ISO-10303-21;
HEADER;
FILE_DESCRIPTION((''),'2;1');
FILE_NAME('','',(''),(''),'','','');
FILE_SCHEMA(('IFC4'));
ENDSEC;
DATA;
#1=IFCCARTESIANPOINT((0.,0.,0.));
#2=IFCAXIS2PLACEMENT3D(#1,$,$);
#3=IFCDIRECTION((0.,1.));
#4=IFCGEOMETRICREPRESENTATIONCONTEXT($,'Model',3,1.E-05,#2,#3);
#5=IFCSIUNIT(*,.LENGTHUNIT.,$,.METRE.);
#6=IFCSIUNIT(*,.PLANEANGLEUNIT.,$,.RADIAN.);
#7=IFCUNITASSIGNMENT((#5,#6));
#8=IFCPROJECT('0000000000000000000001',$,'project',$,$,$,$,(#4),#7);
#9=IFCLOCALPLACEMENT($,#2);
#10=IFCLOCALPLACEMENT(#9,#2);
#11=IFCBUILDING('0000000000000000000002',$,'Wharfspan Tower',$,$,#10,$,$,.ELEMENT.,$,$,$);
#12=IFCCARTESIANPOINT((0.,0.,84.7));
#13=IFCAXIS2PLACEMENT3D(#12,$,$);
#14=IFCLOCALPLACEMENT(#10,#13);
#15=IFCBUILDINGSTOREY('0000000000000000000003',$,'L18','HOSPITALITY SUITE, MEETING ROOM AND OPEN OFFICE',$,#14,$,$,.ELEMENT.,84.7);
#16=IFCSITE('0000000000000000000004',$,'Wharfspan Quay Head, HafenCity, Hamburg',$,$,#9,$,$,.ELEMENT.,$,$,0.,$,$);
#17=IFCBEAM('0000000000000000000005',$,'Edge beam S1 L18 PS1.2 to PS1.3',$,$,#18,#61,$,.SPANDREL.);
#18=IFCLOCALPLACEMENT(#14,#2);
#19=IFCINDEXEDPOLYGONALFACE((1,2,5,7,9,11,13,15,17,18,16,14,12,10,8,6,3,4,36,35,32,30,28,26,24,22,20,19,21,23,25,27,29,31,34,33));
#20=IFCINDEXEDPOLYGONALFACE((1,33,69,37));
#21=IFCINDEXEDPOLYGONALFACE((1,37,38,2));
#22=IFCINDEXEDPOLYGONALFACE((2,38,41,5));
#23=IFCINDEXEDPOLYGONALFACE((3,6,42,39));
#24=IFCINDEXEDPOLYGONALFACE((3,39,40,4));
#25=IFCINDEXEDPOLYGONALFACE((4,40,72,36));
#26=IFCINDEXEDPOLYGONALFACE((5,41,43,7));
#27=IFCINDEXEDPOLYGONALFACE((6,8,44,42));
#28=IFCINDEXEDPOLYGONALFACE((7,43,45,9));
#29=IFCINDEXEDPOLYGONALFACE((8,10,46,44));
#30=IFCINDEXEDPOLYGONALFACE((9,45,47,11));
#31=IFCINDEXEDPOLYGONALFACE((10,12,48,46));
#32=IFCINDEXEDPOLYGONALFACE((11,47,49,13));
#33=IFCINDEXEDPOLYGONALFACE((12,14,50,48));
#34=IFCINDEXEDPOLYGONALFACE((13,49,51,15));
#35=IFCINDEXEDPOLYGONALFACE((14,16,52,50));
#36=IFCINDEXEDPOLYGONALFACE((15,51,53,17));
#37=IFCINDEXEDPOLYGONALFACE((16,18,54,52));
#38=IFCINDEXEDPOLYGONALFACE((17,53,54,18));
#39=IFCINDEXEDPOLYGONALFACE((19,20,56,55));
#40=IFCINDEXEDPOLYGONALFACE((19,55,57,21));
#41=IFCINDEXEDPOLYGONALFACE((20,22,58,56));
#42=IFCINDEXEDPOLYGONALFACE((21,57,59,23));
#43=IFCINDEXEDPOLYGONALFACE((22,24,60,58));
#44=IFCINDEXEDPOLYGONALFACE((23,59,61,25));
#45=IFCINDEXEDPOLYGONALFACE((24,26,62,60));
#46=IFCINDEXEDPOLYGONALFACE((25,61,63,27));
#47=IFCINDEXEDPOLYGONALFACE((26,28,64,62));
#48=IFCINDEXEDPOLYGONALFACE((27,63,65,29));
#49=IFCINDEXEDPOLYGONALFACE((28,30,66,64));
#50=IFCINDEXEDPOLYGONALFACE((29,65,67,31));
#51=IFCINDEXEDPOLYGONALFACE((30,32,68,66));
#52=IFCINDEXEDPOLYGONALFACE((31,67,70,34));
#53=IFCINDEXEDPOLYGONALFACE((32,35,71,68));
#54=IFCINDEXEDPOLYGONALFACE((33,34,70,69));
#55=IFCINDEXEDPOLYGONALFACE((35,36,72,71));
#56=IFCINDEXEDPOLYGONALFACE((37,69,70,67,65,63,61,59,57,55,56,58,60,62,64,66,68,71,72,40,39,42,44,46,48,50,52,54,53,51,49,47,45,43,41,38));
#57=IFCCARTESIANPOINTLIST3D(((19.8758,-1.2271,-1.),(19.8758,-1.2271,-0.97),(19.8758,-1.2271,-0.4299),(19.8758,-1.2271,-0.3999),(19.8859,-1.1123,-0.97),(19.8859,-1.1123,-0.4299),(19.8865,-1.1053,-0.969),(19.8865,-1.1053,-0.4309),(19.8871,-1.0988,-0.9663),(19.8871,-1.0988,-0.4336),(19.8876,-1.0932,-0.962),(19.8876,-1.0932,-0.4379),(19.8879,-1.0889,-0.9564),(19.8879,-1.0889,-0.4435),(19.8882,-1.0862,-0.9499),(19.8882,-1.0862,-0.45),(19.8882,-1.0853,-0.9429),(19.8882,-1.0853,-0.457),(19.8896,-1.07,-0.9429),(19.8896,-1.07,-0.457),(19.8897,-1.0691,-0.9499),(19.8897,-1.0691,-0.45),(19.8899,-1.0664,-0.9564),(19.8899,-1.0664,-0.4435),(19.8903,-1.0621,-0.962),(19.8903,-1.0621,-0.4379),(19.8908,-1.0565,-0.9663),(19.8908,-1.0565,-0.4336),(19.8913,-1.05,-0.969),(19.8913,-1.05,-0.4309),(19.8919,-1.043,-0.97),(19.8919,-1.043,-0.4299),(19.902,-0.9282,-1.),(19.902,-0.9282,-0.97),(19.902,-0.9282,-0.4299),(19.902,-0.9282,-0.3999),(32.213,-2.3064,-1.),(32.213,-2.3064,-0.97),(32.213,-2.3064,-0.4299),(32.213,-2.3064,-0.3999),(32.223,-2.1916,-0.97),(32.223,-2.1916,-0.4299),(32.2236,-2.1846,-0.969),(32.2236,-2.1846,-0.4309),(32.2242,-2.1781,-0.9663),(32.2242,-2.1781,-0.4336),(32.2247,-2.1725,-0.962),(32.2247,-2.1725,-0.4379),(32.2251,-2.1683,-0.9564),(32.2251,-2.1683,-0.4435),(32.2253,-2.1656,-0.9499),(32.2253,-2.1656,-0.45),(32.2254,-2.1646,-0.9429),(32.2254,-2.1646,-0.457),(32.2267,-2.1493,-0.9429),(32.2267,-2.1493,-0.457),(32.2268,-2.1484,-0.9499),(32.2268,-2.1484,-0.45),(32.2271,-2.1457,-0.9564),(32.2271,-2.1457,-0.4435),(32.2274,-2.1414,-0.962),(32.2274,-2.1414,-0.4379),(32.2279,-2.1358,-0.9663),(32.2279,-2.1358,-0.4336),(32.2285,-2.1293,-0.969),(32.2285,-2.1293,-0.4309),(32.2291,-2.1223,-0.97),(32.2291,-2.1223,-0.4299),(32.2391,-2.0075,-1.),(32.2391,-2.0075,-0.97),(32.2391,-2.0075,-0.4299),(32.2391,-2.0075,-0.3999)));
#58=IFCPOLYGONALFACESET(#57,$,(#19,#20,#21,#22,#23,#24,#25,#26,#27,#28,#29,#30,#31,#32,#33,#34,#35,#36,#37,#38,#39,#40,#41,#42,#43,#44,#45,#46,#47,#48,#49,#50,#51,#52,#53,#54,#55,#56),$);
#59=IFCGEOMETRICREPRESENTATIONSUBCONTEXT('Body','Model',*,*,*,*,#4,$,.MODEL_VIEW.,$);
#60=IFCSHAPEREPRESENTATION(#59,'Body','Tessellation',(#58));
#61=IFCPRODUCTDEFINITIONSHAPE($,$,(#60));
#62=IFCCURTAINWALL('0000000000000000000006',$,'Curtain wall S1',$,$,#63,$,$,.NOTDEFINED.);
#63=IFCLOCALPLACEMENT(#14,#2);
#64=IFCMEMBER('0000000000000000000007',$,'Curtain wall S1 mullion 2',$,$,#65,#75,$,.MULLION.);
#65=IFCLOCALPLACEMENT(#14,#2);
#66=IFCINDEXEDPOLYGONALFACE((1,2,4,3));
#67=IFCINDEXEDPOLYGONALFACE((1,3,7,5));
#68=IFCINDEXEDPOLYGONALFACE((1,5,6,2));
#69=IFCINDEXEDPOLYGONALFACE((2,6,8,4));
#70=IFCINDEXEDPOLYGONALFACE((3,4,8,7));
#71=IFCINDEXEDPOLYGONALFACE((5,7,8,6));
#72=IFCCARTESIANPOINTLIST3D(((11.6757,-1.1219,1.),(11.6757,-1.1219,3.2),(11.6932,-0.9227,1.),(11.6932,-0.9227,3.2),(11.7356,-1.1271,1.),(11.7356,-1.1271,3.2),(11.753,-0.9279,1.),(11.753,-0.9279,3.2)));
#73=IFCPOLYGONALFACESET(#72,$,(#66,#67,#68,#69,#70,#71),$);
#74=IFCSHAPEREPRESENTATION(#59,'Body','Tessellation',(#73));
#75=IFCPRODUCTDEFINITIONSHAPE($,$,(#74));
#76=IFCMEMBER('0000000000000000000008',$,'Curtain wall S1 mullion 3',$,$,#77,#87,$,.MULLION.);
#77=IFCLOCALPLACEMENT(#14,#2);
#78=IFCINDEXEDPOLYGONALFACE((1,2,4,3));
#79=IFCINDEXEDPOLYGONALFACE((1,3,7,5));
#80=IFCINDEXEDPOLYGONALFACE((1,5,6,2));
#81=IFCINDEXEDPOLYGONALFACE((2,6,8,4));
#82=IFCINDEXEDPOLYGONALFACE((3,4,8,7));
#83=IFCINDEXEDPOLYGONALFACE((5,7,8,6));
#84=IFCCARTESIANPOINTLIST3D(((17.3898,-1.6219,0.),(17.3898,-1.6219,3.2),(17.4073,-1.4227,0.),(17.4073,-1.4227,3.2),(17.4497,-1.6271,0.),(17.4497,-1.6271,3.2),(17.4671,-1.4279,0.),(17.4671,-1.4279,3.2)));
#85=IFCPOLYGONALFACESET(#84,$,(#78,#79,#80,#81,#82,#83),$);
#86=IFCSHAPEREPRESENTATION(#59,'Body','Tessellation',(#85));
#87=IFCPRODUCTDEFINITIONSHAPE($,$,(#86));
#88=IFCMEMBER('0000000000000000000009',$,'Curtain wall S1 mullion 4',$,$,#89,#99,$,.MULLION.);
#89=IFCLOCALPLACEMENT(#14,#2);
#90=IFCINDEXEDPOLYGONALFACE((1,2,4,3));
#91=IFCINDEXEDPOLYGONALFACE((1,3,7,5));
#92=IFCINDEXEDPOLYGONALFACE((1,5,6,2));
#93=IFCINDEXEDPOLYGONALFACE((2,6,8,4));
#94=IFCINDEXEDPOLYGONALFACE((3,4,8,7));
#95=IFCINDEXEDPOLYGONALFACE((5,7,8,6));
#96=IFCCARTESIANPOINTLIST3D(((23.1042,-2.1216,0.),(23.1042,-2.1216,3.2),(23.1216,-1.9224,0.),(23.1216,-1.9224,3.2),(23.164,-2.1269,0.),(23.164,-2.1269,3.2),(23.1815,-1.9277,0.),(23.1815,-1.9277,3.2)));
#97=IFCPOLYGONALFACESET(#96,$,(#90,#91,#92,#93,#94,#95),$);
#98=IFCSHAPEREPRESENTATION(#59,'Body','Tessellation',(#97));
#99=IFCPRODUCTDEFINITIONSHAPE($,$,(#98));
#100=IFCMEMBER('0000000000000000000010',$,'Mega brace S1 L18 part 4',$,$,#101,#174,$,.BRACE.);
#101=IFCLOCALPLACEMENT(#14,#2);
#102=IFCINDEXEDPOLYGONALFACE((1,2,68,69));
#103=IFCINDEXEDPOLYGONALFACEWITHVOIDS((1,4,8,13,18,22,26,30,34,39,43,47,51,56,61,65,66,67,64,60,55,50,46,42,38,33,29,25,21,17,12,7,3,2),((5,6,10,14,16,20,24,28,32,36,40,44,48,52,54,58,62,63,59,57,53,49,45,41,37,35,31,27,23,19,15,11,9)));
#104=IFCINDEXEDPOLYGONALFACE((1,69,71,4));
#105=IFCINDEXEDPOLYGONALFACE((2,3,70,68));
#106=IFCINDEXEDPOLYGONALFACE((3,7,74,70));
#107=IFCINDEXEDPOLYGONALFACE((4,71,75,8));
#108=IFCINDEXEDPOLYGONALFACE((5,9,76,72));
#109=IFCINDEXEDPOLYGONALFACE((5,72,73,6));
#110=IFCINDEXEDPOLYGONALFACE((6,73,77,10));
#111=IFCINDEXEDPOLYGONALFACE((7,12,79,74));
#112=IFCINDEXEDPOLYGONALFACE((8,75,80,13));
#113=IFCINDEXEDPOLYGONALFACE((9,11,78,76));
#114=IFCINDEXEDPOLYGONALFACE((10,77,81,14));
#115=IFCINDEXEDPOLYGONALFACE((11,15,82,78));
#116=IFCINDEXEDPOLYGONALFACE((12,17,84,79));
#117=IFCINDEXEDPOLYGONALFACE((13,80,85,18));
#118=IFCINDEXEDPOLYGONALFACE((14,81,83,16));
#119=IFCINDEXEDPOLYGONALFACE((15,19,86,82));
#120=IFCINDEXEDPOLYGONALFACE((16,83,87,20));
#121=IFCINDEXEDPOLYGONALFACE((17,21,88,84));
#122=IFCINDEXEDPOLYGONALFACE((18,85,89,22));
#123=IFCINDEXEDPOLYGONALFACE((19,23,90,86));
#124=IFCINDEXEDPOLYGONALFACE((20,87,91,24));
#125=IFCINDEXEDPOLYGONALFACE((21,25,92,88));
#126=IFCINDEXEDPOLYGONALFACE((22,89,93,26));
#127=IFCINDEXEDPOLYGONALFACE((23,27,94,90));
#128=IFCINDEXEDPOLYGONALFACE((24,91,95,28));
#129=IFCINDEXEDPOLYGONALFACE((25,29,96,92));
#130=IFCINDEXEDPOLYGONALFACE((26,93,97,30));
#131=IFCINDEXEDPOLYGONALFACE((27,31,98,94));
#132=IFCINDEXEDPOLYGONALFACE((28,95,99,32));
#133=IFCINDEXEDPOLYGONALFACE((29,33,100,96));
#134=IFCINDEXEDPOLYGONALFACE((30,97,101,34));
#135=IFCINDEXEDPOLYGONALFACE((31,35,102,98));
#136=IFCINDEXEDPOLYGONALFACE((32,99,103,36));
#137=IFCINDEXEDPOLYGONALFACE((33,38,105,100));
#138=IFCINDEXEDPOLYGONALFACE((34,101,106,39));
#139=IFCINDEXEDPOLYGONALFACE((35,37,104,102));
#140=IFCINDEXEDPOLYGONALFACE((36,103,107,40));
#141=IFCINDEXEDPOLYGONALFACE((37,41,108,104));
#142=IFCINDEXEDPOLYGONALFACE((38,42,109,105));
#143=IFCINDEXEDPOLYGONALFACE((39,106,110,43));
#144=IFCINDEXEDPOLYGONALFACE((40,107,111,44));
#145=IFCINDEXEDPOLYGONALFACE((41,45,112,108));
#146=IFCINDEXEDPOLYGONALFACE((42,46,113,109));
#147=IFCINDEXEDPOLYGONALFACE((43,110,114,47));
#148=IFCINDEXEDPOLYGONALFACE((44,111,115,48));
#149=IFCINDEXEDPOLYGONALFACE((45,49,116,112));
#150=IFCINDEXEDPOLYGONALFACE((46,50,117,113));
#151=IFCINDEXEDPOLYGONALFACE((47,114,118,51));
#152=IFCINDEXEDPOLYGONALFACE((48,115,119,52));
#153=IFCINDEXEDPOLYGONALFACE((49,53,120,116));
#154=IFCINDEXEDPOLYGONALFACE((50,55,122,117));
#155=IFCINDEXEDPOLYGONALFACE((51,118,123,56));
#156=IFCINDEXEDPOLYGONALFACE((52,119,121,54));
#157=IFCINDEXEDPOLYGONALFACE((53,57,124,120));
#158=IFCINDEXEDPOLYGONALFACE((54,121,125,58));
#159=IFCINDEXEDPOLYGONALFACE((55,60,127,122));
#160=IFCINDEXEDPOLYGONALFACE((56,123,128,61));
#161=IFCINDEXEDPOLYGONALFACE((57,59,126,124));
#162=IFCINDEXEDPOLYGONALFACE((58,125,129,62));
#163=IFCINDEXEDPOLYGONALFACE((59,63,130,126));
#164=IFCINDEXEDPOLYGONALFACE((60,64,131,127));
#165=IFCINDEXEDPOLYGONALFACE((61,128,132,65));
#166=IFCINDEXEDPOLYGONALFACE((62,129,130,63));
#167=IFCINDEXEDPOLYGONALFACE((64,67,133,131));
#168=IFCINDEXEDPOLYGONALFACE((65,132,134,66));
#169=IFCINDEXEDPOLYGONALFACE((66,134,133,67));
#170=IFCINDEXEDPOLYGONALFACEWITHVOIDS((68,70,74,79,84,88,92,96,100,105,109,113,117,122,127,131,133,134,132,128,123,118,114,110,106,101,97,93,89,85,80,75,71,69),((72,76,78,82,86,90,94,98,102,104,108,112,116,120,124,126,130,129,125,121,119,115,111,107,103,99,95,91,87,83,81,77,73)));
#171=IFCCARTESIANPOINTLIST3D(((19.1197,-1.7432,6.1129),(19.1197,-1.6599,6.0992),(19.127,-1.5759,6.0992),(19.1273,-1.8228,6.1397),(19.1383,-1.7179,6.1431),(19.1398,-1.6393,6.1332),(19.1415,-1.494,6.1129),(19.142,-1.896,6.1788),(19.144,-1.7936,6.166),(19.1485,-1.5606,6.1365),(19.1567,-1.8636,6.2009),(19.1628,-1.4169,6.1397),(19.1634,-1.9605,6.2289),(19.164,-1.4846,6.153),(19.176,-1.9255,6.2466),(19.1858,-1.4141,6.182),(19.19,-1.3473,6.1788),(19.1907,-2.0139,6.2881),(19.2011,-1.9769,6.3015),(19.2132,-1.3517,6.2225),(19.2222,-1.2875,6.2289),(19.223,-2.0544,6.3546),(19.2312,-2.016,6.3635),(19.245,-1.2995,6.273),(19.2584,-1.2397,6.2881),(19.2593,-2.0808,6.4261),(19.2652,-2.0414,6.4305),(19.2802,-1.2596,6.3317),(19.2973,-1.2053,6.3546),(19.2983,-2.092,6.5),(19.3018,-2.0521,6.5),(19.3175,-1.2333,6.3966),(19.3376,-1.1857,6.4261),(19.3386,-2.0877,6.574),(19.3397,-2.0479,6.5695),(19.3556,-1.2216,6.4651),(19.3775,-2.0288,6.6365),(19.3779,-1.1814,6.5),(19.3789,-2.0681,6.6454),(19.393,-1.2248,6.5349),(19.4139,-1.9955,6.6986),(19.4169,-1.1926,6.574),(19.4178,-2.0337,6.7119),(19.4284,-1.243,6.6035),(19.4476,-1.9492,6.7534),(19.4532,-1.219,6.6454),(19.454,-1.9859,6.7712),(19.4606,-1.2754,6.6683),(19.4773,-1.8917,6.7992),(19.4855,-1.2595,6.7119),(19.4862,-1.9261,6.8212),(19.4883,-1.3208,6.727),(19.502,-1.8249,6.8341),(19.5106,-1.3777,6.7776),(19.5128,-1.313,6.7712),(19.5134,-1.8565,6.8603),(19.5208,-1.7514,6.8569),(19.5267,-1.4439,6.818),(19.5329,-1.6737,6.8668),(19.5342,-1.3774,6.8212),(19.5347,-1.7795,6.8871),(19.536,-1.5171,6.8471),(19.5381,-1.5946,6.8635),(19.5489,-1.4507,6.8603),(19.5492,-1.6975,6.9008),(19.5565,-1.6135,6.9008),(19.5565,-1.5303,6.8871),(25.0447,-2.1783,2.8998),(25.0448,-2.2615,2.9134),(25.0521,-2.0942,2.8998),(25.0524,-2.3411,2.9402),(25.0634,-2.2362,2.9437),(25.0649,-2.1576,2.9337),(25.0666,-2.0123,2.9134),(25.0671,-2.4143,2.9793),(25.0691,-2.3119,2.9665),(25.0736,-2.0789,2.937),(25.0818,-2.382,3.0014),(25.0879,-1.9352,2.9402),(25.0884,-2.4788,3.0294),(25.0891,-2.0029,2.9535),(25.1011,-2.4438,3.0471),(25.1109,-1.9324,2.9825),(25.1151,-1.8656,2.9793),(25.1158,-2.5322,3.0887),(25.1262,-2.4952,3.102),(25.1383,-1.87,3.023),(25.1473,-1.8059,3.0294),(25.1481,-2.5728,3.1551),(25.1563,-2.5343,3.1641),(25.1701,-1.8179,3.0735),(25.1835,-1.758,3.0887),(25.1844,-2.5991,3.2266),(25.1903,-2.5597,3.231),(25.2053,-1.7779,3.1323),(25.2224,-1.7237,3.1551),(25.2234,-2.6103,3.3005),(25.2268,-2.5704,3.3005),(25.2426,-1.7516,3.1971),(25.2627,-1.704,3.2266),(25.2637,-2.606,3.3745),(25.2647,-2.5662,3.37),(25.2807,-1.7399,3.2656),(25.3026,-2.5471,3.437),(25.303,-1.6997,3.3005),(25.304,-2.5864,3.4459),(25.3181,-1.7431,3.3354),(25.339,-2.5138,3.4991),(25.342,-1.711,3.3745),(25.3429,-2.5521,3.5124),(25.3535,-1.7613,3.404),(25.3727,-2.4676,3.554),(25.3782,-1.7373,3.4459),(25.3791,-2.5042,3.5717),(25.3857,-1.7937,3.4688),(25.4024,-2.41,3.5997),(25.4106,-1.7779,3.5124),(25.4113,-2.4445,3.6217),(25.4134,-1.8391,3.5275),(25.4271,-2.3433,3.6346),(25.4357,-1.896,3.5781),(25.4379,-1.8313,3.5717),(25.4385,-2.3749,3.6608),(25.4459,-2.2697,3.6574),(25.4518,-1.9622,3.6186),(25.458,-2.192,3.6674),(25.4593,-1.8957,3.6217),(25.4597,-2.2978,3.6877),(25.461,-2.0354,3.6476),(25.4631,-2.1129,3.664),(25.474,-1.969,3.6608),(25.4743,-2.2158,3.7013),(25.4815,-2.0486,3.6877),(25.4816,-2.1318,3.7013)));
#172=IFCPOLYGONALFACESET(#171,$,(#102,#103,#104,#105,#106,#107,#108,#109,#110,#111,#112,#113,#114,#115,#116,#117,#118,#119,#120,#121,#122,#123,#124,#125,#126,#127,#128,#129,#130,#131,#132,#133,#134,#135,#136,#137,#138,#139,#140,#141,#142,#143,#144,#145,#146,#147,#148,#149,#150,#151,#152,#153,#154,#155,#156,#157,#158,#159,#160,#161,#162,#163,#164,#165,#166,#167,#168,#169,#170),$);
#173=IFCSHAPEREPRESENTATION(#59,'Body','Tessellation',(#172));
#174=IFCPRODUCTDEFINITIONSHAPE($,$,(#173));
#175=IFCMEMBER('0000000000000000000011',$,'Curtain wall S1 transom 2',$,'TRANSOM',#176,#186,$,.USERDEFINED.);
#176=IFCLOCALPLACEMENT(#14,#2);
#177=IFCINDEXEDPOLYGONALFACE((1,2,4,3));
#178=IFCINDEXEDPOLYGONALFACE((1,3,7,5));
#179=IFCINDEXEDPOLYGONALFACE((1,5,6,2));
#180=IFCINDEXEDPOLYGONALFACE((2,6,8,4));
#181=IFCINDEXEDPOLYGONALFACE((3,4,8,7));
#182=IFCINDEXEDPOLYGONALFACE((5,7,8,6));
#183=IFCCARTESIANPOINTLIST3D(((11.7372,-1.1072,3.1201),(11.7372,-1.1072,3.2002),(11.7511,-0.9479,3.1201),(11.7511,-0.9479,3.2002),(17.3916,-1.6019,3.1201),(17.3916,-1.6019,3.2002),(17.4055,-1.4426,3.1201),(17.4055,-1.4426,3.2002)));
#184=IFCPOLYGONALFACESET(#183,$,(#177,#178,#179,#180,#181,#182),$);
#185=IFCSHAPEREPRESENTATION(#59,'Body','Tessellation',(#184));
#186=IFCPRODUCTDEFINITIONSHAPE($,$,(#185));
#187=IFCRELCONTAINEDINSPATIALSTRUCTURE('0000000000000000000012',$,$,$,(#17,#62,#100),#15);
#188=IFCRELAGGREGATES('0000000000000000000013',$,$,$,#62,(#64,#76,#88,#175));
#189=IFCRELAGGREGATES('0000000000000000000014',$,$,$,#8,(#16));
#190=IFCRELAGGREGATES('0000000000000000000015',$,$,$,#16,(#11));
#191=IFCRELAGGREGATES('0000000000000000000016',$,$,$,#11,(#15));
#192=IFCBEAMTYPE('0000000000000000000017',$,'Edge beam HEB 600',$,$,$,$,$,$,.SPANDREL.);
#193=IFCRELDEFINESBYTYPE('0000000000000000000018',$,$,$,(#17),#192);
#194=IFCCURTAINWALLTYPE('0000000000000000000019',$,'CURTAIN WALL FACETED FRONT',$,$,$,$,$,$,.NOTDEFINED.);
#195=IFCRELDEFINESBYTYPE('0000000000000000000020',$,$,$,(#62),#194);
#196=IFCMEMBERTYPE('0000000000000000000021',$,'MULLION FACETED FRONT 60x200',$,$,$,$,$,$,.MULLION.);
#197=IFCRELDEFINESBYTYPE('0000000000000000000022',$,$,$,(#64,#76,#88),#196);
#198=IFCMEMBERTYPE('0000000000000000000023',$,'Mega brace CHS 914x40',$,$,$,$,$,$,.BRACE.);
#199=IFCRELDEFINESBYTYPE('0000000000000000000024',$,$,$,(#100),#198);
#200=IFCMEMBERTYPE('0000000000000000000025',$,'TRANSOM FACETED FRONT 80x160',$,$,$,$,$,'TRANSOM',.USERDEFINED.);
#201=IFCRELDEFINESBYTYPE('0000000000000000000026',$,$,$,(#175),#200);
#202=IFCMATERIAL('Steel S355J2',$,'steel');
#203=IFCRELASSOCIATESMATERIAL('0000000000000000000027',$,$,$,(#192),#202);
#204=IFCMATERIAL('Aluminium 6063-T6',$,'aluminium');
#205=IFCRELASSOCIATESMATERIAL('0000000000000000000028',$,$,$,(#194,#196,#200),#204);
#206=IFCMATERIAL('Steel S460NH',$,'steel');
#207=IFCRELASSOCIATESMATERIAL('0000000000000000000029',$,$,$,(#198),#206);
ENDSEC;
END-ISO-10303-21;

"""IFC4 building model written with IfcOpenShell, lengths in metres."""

from ifc_helpers import new_model, si_unit, direction, frame, origin, origin_2d, place, context, subcontext, project, spatial, rectangle, hollow_circle, i_section, extrude, material, material_profile, profile_set, type_object, element, aggregate, save


model = new_model("IFC4")

# Units and contexts
model_context = context("Model", 3, precision=1e-05, world=origin(), true_north=direction((0.0, 1.0)))
body_context = subcontext(model_context, "Body", "Model", "MODEL_VIEW")
ifc_project = project(units=[si_unit("LENGTHUNIT", "METRE"), si_unit("PLANEANGLEUNIT", "RADIAN")], contexts=[model_context])

# Site, building, storey
site_placement = place(None, origin())
site = spatial("IfcSite", under=ifc_project, at=site_placement, Name="Wharfspan Quay Head, HafenCity, Hamburg", CompositionType="ELEMENT", RefElevation=0.0)
building_placement = place(site_placement, origin())
building = spatial("IfcBuilding", under=site, at=building_placement, Name="Wharfspan Tower", CompositionType="ELEMENT")
storey_placement = place(building_placement, frame((0.0, 0.0, 84.7)))
storey = spatial("IfcBuildingStorey", under=building, at=storey_placement, Name="L18", Description="HOSPITALITY SUITE, MEETING ROOM AND OPEN OFFICE", CompositionType="ELEMENT", Elevation=84.7)

# Shared definitions
ifc_material_1 = material(Name="Steel S355J2", Category="steel")

# Beam
ifc_material_profile_1 = material_profile(ifc_material_1, i_section(OverallWidth=0.3, OverallDepth=0.6001, WebThickness=0.0154, FlangeThickness=0.03, FilletRadius=0.0271, at=origin_2d()))
ifc_profile_set_1 = profile_set([ifc_material_profile_1], Name="Steel S355J2")
beam_type = type_object("IfcBeamType", Name="Edge beam HEB 600", PredefinedType="SPANDREL", material=ifc_profile_set_1)
beam_placement = place(storey_placement, frame((19.8889, -1.0776, -0.7), z_axis=(0.996195, -0.087154, 0.0), x_axis=(0.087154, 0.996195, 0.0)))
element("IfcBeam", 1, at=beam_placement, inside=storey, type_object=beam_type, Name="Edge beam S1 L18 PS1.2 to PS1.3", PredefinedType="SPANDREL", context=body_context, shape_type="SweptSolid", body=[
    extrude(i_section(OverallWidth=0.3, OverallDepth=0.6001, WebThickness=0.0154, FlangeThickness=0.03, FilletRadius=0.0271, at=origin_2d()), origin(), (0.0, 0.0, 1.0), 12.3843),
])

# Curtain wall, members
ifc_material_2 = material(Name="Aluminium 6063-T6", Category="aluminium")
curtain_wall_type = type_object("IfcCurtainWallType", Name="CURTAIN WALL FACETED FRONT", PredefinedType="NOTDEFINED", material=ifc_material_2)
curtain_wall_placement = place(storey_placement, origin())
curtain_wall = element("IfcCurtainWall", 2, at=curtain_wall_placement, inside=storey, type_object=curtain_wall_type, Name="Curtain wall S1", PredefinedType="NOTDEFINED")
ifc_material_profile_2 = material_profile(ifc_material_2, rectangle(XDim=0.2, YDim=0.0601, at=origin_2d()))
ifc_profile_set_2 = profile_set([ifc_material_profile_2], Name="Aluminium 6063-T6")
member_type_1 = type_object("IfcMemberType", Name="MULLION FACETED FRONT 60x200", PredefinedType="MULLION", material=ifc_profile_set_2)
member_1_placement = place(storey_placement, frame((11.7144, -1.0249, 1.0), z_axis=(0.0, 0.0, 1.0), x_axis=(0.087156, 0.996197, 0.0)))
member_1 = element("IfcMember", 3, at=member_1_placement, type_object=member_type_1, Name="Curtain wall S1 mullion 2", PredefinedType="MULLION", context=body_context, shape_type="SweptSolid", body=[
    extrude(rectangle(XDim=0.2, YDim=0.0601, at=origin_2d()), origin(), (0.0, 0.0, 1.0), 2.2),
])
member_2_placement = place(storey_placement, frame((17.4285, -1.5249, 0.0), z_axis=(0.0, 0.0, 1.0), x_axis=(0.087156, 0.996197, 0.0)))
member_2 = element("IfcMember", 4, at=member_2_placement, type_object=member_type_1, Name="Curtain wall S1 mullion 3", PredefinedType="MULLION", context=body_context, shape_type="SweptSolid", body=[
    extrude(rectangle(XDim=0.2, YDim=0.0601, at=origin_2d()), origin(), (0.0, 0.0, 1.0), 3.2),
])
member_3_placement = place(storey_placement, frame((23.1428, -2.0247, 0.0), z_axis=(0.0, 0.0, 1.0), x_axis=(0.087156, 0.996197, 0.0)))
member_3 = element("IfcMember", 5, at=member_3_placement, type_object=member_type_1, Name="Curtain wall S1 mullion 4", PredefinedType="MULLION", context=body_context, shape_type="SweptSolid", body=[
    extrude(rectangle(XDim=0.2, YDim=0.0601, at=origin_2d()), origin(), (0.0, 0.0, 1.0), 3.2),
])

# Members
ifc_material_3 = material(Name="Steel S460NH", Category="steel")
ifc_material_profile_3 = material_profile(ifc_material_3, hollow_circle(Radius=0.457, WallThickness=0.04, at=origin_2d()))
ifc_profile_set_3 = profile_set([ifc_material_profile_3], Name="Steel S460NH")
member_type_2 = type_object("IfcMemberType", Name="Mega brace CHS 914x40", PredefinedType="BRACE", material=ifc_profile_set_3)
member_4_placement = place(storey_placement, frame((25.2632, -2.155, 3.3005), z_axis=(-0.877314, 0.076746, 0.47374), x_axis=(-0.087144, -0.996196, 0.000003)))
element("IfcMember", 6, at=member_4_placement, inside=storey, type_object=member_type_2, Name="Mega brace S1 L18 part 4", PredefinedType="BRACE", context=body_context, shape_type="SweptSolid", body=[
    extrude(hollow_circle(Radius=0.457, WallThickness=0.04, at=origin_2d()), origin(), (0.0, 0.0, 1.0), 6.7537),
])
ifc_material_profile_4 = material_profile(ifc_material_2, rectangle(XDim=0.1599, YDim=0.0801, at=origin_2d()))
ifc_profile_set_4 = profile_set([ifc_material_profile_4], Name="Aluminium 6063-T6")
member_type_3 = type_object("IfcMemberType", Name="TRANSOM FACETED FRONT 80x160", ElementType="TRANSOM", PredefinedType="USERDEFINED", material=ifc_profile_set_4)
member_5_placement = place(storey_placement, frame((11.7441, -1.0276, 3.1602), z_axis=(0.996196, -0.087142, 0.0), x_axis=(0.087142, 0.996196, 0.0)))
member_5 = element("IfcMember", 7, at=member_5_placement, type_object=member_type_3, Name="Curtain wall S1 transom 2", ObjectType="TRANSOM", PredefinedType="USERDEFINED", context=body_context, shape_type="SweptSolid", body=[
    extrude(rectangle(XDim=0.1599, YDim=0.0801, at=origin_2d()), origin(), (0.0, 0.0, 1.0), 5.676),
])

aggregate(curtain_wall, [member_1, member_2, member_3, member_5])

save(model, "model.ifc")
